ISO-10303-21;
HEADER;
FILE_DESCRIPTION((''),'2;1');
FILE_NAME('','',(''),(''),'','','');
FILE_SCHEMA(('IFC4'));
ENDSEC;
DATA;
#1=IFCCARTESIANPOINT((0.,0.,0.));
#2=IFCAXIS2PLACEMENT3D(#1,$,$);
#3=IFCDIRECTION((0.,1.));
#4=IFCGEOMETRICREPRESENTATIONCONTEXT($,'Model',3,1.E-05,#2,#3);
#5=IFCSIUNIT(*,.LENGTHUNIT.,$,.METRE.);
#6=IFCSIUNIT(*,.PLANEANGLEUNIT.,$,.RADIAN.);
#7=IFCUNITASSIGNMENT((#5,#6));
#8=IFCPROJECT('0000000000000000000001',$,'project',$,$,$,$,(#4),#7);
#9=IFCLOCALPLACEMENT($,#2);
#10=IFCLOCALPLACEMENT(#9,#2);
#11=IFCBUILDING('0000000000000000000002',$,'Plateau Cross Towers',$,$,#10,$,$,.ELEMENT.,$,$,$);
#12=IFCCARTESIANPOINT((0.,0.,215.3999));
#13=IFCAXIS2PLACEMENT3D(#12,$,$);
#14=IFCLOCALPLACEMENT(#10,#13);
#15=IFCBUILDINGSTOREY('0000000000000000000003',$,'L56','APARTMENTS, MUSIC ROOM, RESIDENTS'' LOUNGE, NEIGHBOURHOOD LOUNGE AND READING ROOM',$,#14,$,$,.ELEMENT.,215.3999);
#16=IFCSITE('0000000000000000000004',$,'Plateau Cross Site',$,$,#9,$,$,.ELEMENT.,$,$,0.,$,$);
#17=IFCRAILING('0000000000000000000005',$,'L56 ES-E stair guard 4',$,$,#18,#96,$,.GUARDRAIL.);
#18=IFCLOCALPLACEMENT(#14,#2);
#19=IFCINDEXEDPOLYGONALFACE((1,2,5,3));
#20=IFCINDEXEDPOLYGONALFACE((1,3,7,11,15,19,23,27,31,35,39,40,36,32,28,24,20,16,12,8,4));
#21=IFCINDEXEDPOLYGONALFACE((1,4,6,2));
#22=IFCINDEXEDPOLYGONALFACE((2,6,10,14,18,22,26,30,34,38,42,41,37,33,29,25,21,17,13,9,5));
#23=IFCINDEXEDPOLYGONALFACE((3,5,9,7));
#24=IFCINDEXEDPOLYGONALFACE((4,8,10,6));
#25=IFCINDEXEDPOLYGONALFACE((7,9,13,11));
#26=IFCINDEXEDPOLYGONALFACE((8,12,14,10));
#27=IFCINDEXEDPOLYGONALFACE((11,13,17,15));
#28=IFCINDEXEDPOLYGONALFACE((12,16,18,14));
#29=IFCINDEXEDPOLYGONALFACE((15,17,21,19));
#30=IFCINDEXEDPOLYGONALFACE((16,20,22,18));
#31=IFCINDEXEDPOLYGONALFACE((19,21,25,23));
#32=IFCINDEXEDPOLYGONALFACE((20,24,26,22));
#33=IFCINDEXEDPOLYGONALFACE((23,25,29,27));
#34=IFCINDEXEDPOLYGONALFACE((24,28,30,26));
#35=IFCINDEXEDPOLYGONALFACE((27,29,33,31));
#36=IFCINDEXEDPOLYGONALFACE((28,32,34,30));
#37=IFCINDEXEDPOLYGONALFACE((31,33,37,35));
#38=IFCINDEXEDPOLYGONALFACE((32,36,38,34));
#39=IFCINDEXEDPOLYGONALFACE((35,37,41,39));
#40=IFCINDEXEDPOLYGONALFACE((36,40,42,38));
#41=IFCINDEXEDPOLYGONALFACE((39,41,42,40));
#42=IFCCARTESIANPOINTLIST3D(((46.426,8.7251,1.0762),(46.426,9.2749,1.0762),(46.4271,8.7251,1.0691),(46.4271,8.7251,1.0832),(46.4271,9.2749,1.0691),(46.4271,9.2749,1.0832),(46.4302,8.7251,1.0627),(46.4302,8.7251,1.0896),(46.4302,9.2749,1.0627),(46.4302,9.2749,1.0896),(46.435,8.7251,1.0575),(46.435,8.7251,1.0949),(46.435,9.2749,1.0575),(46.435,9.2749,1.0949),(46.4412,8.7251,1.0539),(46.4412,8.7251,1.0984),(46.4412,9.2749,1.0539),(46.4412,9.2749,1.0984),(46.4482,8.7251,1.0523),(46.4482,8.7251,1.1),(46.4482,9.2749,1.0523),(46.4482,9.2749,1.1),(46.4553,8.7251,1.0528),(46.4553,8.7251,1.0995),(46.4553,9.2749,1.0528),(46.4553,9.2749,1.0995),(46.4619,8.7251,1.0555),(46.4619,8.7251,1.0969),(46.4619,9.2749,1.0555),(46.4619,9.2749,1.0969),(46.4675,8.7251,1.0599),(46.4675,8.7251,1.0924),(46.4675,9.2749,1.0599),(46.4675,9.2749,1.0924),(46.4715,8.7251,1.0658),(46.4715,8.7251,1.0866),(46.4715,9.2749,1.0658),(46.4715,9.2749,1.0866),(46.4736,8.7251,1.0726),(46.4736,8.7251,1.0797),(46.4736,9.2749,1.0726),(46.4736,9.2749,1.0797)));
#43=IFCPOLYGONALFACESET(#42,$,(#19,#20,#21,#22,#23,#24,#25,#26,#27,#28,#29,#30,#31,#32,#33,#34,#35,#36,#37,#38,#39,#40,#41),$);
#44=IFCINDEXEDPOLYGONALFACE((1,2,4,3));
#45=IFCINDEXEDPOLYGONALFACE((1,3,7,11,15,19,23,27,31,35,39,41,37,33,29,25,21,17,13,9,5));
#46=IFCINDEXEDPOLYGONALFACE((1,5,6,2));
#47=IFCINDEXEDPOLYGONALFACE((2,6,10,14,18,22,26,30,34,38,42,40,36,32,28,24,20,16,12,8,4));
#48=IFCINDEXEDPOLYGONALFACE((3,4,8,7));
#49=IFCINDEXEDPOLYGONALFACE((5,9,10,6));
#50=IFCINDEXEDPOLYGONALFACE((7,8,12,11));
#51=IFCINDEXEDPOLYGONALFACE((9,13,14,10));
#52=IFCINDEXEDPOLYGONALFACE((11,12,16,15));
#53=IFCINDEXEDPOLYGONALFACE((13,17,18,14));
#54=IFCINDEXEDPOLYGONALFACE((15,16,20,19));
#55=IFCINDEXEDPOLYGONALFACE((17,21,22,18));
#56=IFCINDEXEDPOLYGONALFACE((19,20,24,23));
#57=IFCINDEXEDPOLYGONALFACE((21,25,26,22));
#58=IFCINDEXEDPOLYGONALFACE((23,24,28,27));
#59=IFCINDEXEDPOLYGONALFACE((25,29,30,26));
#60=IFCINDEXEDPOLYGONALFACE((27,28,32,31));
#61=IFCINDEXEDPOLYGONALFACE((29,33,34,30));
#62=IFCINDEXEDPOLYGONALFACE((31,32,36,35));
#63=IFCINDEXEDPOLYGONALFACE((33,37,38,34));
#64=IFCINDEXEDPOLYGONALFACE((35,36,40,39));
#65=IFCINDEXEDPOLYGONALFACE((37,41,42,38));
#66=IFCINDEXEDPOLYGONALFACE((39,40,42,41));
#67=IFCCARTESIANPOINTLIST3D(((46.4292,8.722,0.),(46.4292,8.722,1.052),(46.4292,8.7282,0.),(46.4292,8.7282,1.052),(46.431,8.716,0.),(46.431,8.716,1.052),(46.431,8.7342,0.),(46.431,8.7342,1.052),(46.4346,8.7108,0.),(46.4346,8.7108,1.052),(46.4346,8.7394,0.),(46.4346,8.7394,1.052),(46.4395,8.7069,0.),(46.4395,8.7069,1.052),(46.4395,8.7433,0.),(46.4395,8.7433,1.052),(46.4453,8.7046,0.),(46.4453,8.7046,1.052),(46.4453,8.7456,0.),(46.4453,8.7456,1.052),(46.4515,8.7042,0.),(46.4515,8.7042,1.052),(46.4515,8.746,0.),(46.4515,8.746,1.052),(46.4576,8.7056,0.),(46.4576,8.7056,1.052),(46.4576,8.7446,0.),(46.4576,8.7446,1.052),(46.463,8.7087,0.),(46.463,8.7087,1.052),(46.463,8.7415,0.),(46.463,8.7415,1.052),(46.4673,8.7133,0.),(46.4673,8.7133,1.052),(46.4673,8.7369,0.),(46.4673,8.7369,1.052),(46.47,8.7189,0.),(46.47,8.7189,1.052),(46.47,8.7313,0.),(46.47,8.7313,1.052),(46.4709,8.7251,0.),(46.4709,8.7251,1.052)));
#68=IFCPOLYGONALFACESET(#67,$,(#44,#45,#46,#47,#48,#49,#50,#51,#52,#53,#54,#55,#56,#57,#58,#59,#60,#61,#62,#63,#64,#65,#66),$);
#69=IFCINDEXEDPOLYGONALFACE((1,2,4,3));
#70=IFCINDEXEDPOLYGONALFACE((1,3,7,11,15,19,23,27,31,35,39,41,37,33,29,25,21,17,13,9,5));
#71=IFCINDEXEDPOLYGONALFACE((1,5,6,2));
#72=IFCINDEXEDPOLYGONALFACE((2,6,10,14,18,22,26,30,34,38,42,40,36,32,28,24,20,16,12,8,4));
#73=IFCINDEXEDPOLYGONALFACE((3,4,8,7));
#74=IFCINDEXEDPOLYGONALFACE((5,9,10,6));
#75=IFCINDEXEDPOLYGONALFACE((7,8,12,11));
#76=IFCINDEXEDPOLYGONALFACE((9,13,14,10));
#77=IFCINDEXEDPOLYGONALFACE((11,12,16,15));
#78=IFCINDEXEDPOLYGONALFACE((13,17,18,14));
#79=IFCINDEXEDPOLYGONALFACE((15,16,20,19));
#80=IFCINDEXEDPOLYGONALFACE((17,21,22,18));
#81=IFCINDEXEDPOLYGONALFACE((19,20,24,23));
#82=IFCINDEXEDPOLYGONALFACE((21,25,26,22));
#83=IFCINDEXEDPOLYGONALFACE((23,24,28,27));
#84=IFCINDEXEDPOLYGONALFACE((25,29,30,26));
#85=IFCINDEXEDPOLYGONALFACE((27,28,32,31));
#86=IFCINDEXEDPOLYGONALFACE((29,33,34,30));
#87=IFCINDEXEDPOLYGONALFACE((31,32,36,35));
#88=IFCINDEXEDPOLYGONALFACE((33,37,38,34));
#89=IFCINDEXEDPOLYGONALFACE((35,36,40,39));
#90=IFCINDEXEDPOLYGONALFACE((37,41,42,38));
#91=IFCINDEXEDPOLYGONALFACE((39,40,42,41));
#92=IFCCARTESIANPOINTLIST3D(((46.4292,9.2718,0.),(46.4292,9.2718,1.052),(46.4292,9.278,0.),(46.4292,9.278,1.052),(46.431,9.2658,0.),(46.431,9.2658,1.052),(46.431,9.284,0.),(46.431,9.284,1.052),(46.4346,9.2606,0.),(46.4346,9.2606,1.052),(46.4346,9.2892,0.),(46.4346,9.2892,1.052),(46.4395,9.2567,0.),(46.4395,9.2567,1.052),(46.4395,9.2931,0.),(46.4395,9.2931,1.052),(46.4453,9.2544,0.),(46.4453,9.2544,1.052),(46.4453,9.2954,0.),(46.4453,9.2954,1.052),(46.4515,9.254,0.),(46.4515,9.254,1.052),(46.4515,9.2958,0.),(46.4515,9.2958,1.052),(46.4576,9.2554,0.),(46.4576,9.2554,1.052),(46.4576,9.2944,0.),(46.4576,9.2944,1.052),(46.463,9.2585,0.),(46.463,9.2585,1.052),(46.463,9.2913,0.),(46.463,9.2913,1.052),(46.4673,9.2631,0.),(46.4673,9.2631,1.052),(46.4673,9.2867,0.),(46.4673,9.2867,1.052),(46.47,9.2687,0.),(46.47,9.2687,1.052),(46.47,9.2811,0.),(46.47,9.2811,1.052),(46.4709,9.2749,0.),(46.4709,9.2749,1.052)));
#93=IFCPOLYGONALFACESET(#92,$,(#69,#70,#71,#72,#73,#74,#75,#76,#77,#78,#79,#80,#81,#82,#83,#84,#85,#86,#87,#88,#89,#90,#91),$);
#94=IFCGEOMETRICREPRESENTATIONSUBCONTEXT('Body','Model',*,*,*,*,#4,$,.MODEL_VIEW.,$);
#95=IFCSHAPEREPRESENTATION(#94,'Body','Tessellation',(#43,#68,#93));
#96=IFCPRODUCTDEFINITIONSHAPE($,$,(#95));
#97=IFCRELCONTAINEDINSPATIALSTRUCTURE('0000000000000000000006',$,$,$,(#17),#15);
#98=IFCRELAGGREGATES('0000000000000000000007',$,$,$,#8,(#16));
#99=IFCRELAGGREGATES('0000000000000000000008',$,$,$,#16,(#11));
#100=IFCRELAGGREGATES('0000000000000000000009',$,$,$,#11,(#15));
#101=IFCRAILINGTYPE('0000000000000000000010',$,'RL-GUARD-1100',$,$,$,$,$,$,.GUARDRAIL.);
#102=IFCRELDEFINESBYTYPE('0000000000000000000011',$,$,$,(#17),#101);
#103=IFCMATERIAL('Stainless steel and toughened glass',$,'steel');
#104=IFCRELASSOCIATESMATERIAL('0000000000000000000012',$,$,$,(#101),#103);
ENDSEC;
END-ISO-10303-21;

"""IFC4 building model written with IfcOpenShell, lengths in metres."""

from ifc_helpers import new_model, si_unit, direction, frame, origin, origin_2d, place, context, subcontext, project, spatial, circle, extrude, material, type_object, element, save


model = new_model("IFC4")

# Units and contexts
model_context = context("Model", 3, precision=1e-05, world=origin(), true_north=direction((0.0, 1.0)))
body_context = subcontext(model_context, "Body", "Model", "MODEL_VIEW")
ifc_project = project(units=[si_unit("LENGTHUNIT", "METRE"), si_unit("PLANEANGLEUNIT", "RADIAN")], contexts=[model_context])

# Site, building, storey
site_placement = place(None, origin())
site = spatial("IfcSite", under=ifc_project, at=site_placement, Name="Plateau Cross Site", CompositionType="ELEMENT", RefElevation=0.0)
building_placement = place(site_placement, origin())
building = spatial("IfcBuilding", under=site, at=building_placement, Name="Plateau Cross Towers", CompositionType="ELEMENT")
storey_placement = place(building_placement, frame((0.0, 0.0, 215.3999)))
storey = spatial("IfcBuildingStorey", under=building, at=storey_placement, Name="L56", Description="APARTMENTS, MUSIC ROOM, RESIDENTS' LOUNGE, NEIGHBOURHOOD LOUNGE AND READING ROOM", CompositionType="ELEMENT", Elevation=215.3999)

# Railing
ifc_material_1 = material(Name="Stainless steel and toughened glass", Category="steel")
railing_type_1 = type_object("IfcRailingType", Name="RL-GUARD-1100", PredefinedType="GUARDRAIL", material=ifc_material_1)
railing_1_placement = place(storey_placement, frame((46.45, 8.7251, 0.0)))
element("IfcRailing", 1, at=railing_1_placement, inside=storey, type_object=railing_type_1, Name="L56 ES-E stair guard 4", PredefinedType="GUARDRAIL", context=body_context, shape_type="SweptSolid", body=[
    extrude(circle(Radius=0.0239, at=origin_2d()), frame((0.0, 0.0, 1.0762), z_axis=(0.0, 1.0, 0.0), x_axis=(-1.0, 0.0, 0.0)), (0.0, 0.0, 1.0), 0.5498),
    extrude(circle(Radius=0.021, at=origin_2d()), origin(), (0.0, 0.0, 1.0), 1.052),
    extrude(circle(Radius=0.021, at=origin_2d()), frame((0.0, 0.5498, 0.0)), (0.0, 0.0, 1.0), 1.052),
])

save(model, "model.ifc")
